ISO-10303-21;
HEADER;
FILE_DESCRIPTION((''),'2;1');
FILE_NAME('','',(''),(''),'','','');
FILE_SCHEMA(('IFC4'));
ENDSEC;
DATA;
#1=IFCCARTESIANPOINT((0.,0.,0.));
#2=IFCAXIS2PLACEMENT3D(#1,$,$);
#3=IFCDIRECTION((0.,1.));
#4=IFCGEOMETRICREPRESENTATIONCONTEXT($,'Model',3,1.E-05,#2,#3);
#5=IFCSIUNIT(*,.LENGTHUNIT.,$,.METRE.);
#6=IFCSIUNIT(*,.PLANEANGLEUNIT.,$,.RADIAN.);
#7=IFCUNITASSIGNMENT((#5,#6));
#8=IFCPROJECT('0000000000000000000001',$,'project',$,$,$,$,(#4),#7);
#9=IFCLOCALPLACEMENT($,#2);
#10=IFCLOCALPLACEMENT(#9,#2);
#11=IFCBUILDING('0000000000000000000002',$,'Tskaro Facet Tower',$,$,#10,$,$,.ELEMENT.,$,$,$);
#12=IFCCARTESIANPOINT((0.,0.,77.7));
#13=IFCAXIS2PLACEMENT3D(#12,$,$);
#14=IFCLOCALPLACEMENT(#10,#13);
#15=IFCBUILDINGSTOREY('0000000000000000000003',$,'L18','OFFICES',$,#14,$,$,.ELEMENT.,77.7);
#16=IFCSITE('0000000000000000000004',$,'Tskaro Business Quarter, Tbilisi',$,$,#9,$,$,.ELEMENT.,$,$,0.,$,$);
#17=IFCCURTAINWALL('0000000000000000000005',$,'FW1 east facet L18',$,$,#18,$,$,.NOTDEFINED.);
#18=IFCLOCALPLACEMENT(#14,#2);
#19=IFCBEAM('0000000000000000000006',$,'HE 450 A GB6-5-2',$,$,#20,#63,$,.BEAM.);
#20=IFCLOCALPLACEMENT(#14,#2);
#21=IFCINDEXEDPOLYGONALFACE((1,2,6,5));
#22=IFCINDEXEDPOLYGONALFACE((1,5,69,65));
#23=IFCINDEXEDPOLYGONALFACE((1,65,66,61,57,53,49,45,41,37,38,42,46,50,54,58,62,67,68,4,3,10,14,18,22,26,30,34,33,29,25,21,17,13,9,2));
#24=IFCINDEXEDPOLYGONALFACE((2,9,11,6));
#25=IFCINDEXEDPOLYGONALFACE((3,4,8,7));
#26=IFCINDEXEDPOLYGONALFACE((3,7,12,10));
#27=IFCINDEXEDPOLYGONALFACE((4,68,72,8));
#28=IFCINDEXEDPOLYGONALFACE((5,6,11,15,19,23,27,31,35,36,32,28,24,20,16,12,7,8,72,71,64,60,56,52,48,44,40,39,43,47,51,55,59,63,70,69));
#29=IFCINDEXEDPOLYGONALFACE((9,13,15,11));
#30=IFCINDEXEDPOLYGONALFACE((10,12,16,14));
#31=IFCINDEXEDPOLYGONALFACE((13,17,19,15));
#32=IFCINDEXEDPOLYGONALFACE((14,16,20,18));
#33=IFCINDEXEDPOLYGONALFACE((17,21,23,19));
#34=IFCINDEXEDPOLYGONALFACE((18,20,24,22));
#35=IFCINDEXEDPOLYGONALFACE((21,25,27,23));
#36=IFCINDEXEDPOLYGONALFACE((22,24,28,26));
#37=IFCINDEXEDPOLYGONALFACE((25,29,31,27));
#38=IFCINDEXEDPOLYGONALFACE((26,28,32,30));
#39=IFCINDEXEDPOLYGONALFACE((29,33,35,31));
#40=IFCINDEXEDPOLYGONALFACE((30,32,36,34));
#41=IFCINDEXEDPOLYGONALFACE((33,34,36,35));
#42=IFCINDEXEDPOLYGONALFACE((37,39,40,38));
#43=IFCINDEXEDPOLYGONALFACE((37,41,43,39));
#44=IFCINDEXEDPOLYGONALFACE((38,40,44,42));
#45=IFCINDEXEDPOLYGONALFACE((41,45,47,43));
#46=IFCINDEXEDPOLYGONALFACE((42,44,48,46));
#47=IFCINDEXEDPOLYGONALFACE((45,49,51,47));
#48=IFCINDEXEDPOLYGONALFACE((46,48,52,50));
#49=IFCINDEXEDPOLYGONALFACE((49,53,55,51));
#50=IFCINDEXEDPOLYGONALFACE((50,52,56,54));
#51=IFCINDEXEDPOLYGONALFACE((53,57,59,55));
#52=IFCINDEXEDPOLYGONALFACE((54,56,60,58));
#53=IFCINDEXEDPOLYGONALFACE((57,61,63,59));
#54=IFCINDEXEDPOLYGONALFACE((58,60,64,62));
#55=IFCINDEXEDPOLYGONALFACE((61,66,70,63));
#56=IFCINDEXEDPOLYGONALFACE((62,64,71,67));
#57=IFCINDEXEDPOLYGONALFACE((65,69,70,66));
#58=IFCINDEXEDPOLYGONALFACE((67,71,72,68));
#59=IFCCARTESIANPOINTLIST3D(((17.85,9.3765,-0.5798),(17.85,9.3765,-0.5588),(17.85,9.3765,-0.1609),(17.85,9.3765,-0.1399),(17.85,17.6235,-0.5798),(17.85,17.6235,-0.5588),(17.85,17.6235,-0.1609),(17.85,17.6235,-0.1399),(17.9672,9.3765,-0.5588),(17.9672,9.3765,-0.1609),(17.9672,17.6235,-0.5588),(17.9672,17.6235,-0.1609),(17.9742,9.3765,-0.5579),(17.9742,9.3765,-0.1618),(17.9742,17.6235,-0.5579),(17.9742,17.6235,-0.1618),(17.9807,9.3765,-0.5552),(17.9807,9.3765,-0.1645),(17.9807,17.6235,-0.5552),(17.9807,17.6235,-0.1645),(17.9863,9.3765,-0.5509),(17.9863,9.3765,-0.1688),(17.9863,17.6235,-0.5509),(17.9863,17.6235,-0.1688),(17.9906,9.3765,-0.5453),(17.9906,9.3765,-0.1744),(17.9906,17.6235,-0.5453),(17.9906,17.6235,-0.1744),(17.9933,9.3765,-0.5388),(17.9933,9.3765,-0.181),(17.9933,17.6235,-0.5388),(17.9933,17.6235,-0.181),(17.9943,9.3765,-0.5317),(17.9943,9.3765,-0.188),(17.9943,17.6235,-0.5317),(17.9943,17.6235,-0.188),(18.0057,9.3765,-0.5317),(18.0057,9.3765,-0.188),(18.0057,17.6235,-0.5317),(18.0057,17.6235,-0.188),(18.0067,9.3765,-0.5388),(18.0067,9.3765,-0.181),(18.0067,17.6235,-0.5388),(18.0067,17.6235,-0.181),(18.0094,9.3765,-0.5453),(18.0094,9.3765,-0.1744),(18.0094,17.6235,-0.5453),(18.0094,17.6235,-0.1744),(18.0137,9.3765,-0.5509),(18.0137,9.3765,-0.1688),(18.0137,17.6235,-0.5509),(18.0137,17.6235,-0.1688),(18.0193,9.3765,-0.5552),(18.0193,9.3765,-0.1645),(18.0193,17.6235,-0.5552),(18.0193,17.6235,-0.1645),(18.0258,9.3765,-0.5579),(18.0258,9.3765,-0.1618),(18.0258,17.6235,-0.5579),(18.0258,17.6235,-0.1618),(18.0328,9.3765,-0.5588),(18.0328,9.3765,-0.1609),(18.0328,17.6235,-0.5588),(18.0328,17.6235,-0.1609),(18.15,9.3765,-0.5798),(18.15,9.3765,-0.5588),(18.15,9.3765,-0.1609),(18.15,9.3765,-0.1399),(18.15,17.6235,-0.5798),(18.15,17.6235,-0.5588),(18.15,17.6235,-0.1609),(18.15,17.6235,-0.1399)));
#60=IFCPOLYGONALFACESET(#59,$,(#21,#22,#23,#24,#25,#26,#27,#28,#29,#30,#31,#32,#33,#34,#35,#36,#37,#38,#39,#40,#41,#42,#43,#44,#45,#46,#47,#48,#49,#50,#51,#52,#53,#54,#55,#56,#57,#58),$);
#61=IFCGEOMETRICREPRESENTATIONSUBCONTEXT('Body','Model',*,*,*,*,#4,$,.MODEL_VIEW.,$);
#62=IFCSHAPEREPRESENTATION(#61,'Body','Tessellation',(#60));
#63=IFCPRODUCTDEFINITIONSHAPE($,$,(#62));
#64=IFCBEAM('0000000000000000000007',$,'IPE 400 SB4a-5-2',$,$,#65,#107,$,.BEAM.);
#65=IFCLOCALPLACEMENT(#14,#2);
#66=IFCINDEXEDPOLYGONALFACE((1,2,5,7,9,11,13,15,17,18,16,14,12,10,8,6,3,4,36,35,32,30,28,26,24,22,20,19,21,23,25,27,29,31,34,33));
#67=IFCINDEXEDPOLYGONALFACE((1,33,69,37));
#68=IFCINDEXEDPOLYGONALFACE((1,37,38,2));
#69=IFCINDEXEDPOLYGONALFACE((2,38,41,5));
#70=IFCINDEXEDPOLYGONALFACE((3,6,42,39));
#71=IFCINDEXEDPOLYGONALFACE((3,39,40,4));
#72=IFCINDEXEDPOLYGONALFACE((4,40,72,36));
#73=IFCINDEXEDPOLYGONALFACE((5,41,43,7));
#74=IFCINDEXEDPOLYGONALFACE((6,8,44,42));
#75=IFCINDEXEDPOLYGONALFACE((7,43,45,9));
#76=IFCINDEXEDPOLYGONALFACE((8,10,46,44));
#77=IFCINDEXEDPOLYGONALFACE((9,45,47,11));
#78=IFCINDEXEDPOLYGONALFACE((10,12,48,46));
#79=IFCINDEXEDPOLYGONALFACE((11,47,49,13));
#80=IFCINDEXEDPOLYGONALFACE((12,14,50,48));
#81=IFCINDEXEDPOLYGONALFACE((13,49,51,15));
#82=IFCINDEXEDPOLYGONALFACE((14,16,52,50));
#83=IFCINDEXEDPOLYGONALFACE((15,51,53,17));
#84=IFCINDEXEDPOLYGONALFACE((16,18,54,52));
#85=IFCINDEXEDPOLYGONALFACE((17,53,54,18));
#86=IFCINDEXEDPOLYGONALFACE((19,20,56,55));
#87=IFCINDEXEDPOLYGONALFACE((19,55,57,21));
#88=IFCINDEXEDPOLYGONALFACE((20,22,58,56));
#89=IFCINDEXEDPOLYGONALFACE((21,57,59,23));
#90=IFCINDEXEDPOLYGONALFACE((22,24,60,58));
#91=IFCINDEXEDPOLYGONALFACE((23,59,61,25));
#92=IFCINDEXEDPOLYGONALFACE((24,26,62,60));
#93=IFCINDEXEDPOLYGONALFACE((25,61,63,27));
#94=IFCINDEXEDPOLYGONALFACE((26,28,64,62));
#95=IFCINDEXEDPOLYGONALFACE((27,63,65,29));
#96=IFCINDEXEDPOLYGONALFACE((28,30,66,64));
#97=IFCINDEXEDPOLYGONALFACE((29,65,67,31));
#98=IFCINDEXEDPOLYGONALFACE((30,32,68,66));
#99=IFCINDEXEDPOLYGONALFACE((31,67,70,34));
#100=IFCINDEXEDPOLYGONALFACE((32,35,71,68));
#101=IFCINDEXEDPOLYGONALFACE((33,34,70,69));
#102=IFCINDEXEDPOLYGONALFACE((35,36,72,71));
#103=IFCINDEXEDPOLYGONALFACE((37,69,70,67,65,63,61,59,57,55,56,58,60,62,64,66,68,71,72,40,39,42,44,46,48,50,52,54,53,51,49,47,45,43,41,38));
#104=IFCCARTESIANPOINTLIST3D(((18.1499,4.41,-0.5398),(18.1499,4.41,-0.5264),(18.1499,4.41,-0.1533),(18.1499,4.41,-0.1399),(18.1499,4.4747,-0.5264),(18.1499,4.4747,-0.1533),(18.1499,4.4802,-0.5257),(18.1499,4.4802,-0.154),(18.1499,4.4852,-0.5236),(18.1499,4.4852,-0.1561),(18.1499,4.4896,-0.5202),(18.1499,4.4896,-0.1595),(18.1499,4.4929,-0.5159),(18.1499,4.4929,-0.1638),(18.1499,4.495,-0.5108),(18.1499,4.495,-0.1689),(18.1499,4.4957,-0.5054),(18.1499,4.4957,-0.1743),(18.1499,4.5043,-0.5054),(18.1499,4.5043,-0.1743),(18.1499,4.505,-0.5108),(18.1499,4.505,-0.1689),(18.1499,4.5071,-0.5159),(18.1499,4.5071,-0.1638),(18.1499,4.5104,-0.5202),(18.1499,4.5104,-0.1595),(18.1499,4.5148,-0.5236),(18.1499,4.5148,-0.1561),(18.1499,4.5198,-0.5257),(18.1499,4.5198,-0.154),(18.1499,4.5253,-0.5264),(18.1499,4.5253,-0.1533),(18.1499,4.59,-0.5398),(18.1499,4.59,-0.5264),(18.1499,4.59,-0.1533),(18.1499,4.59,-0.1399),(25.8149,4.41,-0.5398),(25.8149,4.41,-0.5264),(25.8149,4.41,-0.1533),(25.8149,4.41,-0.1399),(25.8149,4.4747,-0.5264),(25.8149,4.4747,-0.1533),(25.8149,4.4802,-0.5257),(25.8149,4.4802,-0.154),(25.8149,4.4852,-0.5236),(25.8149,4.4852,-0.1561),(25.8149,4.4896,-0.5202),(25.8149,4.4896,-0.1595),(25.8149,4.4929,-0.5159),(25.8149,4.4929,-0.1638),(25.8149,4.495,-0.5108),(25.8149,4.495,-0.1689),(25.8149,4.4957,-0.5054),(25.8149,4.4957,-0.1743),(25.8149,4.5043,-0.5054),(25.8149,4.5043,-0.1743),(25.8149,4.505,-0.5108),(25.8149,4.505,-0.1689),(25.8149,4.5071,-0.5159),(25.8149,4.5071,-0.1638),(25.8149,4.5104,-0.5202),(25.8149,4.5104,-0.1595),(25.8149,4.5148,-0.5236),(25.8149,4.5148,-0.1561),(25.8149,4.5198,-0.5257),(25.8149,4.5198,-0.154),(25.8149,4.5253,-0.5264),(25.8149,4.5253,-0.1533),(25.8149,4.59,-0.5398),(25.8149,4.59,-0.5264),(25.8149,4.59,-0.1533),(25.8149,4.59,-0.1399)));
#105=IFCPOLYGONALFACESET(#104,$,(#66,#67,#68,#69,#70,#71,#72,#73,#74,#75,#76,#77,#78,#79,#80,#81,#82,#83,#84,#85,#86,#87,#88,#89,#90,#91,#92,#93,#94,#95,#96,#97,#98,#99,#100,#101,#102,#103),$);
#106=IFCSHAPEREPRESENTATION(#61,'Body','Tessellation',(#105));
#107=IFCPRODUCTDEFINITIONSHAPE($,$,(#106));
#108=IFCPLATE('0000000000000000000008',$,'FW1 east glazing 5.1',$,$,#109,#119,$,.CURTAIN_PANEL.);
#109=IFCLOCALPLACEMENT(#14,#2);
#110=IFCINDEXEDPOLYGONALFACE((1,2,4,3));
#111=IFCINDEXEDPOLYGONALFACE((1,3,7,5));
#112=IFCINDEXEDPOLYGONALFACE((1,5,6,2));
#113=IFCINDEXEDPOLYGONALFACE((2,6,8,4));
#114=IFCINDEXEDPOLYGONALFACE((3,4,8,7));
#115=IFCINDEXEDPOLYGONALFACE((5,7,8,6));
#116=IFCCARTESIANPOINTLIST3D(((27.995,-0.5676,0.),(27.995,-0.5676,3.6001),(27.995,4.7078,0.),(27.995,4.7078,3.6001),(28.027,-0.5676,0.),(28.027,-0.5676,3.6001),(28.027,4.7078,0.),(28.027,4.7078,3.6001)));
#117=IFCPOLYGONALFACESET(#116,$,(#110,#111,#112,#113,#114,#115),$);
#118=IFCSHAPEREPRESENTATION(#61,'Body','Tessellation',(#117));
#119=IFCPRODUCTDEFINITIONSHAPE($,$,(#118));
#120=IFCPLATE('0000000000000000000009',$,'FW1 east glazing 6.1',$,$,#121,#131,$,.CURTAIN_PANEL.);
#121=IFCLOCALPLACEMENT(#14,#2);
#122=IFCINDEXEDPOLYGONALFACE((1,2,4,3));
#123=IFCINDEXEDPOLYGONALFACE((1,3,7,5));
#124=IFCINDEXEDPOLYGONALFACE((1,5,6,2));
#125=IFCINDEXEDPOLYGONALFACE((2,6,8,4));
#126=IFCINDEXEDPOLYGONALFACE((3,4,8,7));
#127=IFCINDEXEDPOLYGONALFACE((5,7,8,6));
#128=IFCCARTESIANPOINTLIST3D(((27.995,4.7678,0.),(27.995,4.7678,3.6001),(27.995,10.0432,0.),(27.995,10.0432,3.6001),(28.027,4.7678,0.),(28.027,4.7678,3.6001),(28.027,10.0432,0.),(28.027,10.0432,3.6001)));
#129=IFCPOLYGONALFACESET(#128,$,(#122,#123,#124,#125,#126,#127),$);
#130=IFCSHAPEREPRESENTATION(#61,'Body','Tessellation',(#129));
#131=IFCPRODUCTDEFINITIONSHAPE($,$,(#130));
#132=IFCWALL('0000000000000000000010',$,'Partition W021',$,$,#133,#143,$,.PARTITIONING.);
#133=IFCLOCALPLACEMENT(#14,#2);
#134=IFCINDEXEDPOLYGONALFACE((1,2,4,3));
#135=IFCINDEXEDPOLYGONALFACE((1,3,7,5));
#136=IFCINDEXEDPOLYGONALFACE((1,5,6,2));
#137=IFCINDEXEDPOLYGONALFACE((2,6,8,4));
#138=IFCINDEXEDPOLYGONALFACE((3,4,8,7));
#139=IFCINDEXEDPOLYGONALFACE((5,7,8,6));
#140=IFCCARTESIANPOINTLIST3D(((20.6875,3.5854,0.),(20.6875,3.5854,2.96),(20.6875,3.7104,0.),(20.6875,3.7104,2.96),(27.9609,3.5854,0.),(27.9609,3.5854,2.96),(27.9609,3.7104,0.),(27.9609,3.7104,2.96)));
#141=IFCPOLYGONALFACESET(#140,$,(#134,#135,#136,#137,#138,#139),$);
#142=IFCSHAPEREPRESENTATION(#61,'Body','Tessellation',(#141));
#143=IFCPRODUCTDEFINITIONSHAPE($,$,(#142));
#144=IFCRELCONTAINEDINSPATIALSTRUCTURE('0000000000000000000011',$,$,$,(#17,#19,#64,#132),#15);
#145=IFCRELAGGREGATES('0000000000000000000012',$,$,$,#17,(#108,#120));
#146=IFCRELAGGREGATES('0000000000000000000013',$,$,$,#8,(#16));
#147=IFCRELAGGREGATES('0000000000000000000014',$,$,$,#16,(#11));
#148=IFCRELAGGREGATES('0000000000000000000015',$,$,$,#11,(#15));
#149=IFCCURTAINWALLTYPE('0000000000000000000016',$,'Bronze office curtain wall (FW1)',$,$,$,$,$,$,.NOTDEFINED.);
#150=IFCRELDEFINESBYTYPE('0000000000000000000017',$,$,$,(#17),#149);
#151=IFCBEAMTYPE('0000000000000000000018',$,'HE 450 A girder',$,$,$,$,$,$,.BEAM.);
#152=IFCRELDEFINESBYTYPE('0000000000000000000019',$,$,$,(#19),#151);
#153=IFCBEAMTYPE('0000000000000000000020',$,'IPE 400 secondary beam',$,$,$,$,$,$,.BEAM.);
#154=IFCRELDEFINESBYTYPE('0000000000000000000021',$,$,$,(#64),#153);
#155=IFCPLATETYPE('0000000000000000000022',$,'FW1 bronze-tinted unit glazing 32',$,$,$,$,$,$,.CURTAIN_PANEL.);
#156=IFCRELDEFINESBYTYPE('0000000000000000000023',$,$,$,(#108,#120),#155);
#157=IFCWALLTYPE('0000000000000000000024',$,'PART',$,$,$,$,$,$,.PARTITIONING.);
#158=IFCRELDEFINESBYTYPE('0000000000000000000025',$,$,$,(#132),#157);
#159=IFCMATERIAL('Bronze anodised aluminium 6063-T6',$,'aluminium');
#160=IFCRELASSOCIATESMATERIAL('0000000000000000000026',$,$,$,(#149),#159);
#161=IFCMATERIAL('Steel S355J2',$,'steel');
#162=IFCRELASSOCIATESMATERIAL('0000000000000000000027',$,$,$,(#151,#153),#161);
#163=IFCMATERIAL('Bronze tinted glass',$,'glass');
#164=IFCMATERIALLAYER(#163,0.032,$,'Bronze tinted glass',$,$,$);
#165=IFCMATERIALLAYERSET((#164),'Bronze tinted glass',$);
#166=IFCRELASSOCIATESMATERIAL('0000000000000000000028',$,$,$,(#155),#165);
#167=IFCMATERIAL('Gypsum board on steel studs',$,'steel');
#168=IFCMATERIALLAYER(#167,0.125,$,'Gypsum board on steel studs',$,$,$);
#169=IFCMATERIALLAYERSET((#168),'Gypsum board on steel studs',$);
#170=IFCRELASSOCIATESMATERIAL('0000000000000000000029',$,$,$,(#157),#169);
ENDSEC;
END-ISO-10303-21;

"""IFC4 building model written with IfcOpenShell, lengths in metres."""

from ifc_helpers import new_model, si_unit, direction, frame, frame_2d, origin, origin_2d, place, context, subcontext, project, spatial, rectangle, i_section, extrude, material, layer, layer_set, material_profile, profile_set, type_object, element, aggregate, save


model = new_model("IFC4")

# Units and contexts
model_context = context("Model", 3, precision=1e-05, world=origin(), true_north=direction((0.0, 1.0)))
body_context = subcontext(model_context, "Body", "Model", "MODEL_VIEW")
ifc_project = project(units=[si_unit("LENGTHUNIT", "METRE"), si_unit("PLANEANGLEUNIT", "RADIAN")], contexts=[model_context])

# Site, building, storey
site_placement = place(None, origin())
site = spatial("IfcSite", under=ifc_project, at=site_placement, Name="Tskaro Business Quarter, Tbilisi", CompositionType="ELEMENT", RefElevation=0.0)
building_placement = place(site_placement, origin())
building = spatial("IfcBuilding", under=site, at=building_placement, Name="Tskaro Facet Tower", CompositionType="ELEMENT")
storey_placement = place(building_placement, frame((0.0, 0.0, 77.7)))
storey = spatial("IfcBuildingStorey", under=building, at=storey_placement, Name="L18", Description="OFFICES", CompositionType="ELEMENT", Elevation=77.7)

# Curtain wall
ifc_material_1 = material(Name="Bronze anodised aluminium 6063-T6", Category="aluminium")
curtain_wall_type = type_object("IfcCurtainWallType", Name="Bronze office curtain wall (FW1)", PredefinedType="NOTDEFINED", material=ifc_material_1)
curtain_wall_placement = place(storey_placement, origin())
curtain_wall = element("IfcCurtainWall", 1, at=curtain_wall_placement, inside=storey, type_object=curtain_wall_type, Name="FW1 east facet L18", PredefinedType="NOTDEFINED")

# Beams
ifc_material_2 = material(Name="Steel S355J2", Category="steel")
ifc_material_profile_1 = material_profile(ifc_material_2, i_section(OverallWidth=0.3, OverallDepth=0.4399, WebThickness=0.0115, FlangeThickness=0.021, FilletRadius=0.0271, at=origin_2d()), Name="HE 450 A")
ifc_profile_set_1 = profile_set([ifc_material_profile_1], Name="Steel S355J2")
beam_type_1 = type_object("IfcBeamType", Name="HE 450 A girder", PredefinedType="BEAM", material=ifc_profile_set_1)
for number, where, z_axis, x_axis, name in (
    (2, (18.0, 9.3765, -0.3599), (0.0, 1.0, 0.0), (-1.0, 0.0, 0.0), "HE 450 A GB6-5-2"),
):
    element("IfcBeam", number, at=place(storey_placement, frame(where, z_axis=z_axis, x_axis=x_axis)), inside=storey, type_object=beam_type_1, Name=name, PredefinedType="BEAM", context=body_context, shape_type="SweptSolid", body=[
        extrude(i_section(OverallWidth=0.3, OverallDepth=0.4399, WebThickness=0.0115, FlangeThickness=0.021, FilletRadius=0.0271, at=origin_2d()), origin(), (0.0, 0.0, 1.0), 8.2471),
    ])
ifc_material_profile_2 = material_profile(ifc_material_2, i_section(OverallWidth=0.1799, OverallDepth=0.3999, WebThickness=0.0085, FlangeThickness=0.0134, FilletRadius=0.021, at=origin_2d()), Name="IPE 400")
ifc_profile_set_2 = profile_set([ifc_material_profile_2], Name="Steel S355J2")
beam_type_2 = type_object("IfcBeamType", Name="IPE 400 secondary beam", PredefinedType="BEAM", material=ifc_profile_set_2)
beam_placement = place(storey_placement, frame((18.1499, 4.5, -0.3398), z_axis=(1.0, 0.0, 0.0), x_axis=(0.0, 1.0, 0.0)))
element("IfcBeam", 3, at=beam_placement, inside=storey, type_object=beam_type_2, Name="IPE 400 SB4a-5-2", PredefinedType="BEAM", context=body_context, shape_type="SweptSolid", body=[
    extrude(i_section(OverallWidth=0.1799, OverallDepth=0.3999, WebThickness=0.0085, FlangeThickness=0.0134, FilletRadius=0.021, at=origin_2d()), origin(), (0.0, 0.0, 1.0), 7.665),
])

# Plates
ifc_material_3 = material(Name="Bronze tinted glass", Category="glass")
ifc_layer_1 = layer(ifc_material_3, 0.032, Name="Bronze tinted glass")
ifc_layer_set_1 = layer_set([ifc_layer_1], Name="Bronze tinted glass")
plate_type = type_object("IfcPlateType", Name="FW1 bronze-tinted unit glazing 32", PredefinedType="CURTAIN_PANEL", material=ifc_layer_set_1)
plate_1_placement = place(storey_placement, frame((28.011, 2.0701, 0.0), z_axis=(0.0, 0.0, 1.0), x_axis=(0.0, 1.0, 0.0)))
plate_1 = element("IfcPlate", 4, at=plate_1_placement, type_object=plate_type, Name="FW1 east glazing 5.1", PredefinedType="CURTAIN_PANEL", context=body_context, shape_type="SweptSolid", body=[
    extrude(rectangle(XDim=5.2754, YDim=0.032, at=origin_2d()), origin(), (0.0, 0.0, 1.0), 3.6001),
])
plate_2_placement = place(storey_placement, frame((28.011, 7.4055, 0.0), z_axis=(0.0, 0.0, 1.0), x_axis=(0.0, 1.0, 0.0)))
plate_2 = element("IfcPlate", 5, at=plate_2_placement, type_object=plate_type, Name="FW1 east glazing 6.1", PredefinedType="CURTAIN_PANEL", context=body_context, shape_type="SweptSolid", body=[
    extrude(rectangle(XDim=5.2754, YDim=0.032, at=origin_2d()), origin(), (0.0, 0.0, 1.0), 3.6001),
])
aggregate(curtain_wall, [plate_1, plate_2])

# Wall
ifc_material_4 = material(Name="Gypsum board on steel studs", Category="steel")
ifc_layer_2 = layer(ifc_material_4, 0.125, Name="Gypsum board on steel studs")
ifc_layer_set_2 = layer_set([ifc_layer_2], Name="Gypsum board on steel studs")
wall_type = type_object("IfcWallType", Name="PART", PredefinedType="PARTITIONING", material=ifc_layer_set_2)
wall_1_placement = place(storey_placement, frame((20.6875, 3.6479, 0.0), z_axis=(0.0, 0.0, 1.0), x_axis=(1.0, 0.0, 0.0)))
element("IfcWall", 6, at=wall_1_placement, inside=storey, type_object=wall_type, Name="Partition W021", PredefinedType="PARTITIONING", context=body_context, shape_type="SweptSolid", body=[
    extrude(rectangle(XDim=7.2734, YDim=0.125, at=frame_2d((3.6367, 0.0))), origin(), (0.0, 0.0, 1.0), 2.96),
])

save(model, "model.ifc")
